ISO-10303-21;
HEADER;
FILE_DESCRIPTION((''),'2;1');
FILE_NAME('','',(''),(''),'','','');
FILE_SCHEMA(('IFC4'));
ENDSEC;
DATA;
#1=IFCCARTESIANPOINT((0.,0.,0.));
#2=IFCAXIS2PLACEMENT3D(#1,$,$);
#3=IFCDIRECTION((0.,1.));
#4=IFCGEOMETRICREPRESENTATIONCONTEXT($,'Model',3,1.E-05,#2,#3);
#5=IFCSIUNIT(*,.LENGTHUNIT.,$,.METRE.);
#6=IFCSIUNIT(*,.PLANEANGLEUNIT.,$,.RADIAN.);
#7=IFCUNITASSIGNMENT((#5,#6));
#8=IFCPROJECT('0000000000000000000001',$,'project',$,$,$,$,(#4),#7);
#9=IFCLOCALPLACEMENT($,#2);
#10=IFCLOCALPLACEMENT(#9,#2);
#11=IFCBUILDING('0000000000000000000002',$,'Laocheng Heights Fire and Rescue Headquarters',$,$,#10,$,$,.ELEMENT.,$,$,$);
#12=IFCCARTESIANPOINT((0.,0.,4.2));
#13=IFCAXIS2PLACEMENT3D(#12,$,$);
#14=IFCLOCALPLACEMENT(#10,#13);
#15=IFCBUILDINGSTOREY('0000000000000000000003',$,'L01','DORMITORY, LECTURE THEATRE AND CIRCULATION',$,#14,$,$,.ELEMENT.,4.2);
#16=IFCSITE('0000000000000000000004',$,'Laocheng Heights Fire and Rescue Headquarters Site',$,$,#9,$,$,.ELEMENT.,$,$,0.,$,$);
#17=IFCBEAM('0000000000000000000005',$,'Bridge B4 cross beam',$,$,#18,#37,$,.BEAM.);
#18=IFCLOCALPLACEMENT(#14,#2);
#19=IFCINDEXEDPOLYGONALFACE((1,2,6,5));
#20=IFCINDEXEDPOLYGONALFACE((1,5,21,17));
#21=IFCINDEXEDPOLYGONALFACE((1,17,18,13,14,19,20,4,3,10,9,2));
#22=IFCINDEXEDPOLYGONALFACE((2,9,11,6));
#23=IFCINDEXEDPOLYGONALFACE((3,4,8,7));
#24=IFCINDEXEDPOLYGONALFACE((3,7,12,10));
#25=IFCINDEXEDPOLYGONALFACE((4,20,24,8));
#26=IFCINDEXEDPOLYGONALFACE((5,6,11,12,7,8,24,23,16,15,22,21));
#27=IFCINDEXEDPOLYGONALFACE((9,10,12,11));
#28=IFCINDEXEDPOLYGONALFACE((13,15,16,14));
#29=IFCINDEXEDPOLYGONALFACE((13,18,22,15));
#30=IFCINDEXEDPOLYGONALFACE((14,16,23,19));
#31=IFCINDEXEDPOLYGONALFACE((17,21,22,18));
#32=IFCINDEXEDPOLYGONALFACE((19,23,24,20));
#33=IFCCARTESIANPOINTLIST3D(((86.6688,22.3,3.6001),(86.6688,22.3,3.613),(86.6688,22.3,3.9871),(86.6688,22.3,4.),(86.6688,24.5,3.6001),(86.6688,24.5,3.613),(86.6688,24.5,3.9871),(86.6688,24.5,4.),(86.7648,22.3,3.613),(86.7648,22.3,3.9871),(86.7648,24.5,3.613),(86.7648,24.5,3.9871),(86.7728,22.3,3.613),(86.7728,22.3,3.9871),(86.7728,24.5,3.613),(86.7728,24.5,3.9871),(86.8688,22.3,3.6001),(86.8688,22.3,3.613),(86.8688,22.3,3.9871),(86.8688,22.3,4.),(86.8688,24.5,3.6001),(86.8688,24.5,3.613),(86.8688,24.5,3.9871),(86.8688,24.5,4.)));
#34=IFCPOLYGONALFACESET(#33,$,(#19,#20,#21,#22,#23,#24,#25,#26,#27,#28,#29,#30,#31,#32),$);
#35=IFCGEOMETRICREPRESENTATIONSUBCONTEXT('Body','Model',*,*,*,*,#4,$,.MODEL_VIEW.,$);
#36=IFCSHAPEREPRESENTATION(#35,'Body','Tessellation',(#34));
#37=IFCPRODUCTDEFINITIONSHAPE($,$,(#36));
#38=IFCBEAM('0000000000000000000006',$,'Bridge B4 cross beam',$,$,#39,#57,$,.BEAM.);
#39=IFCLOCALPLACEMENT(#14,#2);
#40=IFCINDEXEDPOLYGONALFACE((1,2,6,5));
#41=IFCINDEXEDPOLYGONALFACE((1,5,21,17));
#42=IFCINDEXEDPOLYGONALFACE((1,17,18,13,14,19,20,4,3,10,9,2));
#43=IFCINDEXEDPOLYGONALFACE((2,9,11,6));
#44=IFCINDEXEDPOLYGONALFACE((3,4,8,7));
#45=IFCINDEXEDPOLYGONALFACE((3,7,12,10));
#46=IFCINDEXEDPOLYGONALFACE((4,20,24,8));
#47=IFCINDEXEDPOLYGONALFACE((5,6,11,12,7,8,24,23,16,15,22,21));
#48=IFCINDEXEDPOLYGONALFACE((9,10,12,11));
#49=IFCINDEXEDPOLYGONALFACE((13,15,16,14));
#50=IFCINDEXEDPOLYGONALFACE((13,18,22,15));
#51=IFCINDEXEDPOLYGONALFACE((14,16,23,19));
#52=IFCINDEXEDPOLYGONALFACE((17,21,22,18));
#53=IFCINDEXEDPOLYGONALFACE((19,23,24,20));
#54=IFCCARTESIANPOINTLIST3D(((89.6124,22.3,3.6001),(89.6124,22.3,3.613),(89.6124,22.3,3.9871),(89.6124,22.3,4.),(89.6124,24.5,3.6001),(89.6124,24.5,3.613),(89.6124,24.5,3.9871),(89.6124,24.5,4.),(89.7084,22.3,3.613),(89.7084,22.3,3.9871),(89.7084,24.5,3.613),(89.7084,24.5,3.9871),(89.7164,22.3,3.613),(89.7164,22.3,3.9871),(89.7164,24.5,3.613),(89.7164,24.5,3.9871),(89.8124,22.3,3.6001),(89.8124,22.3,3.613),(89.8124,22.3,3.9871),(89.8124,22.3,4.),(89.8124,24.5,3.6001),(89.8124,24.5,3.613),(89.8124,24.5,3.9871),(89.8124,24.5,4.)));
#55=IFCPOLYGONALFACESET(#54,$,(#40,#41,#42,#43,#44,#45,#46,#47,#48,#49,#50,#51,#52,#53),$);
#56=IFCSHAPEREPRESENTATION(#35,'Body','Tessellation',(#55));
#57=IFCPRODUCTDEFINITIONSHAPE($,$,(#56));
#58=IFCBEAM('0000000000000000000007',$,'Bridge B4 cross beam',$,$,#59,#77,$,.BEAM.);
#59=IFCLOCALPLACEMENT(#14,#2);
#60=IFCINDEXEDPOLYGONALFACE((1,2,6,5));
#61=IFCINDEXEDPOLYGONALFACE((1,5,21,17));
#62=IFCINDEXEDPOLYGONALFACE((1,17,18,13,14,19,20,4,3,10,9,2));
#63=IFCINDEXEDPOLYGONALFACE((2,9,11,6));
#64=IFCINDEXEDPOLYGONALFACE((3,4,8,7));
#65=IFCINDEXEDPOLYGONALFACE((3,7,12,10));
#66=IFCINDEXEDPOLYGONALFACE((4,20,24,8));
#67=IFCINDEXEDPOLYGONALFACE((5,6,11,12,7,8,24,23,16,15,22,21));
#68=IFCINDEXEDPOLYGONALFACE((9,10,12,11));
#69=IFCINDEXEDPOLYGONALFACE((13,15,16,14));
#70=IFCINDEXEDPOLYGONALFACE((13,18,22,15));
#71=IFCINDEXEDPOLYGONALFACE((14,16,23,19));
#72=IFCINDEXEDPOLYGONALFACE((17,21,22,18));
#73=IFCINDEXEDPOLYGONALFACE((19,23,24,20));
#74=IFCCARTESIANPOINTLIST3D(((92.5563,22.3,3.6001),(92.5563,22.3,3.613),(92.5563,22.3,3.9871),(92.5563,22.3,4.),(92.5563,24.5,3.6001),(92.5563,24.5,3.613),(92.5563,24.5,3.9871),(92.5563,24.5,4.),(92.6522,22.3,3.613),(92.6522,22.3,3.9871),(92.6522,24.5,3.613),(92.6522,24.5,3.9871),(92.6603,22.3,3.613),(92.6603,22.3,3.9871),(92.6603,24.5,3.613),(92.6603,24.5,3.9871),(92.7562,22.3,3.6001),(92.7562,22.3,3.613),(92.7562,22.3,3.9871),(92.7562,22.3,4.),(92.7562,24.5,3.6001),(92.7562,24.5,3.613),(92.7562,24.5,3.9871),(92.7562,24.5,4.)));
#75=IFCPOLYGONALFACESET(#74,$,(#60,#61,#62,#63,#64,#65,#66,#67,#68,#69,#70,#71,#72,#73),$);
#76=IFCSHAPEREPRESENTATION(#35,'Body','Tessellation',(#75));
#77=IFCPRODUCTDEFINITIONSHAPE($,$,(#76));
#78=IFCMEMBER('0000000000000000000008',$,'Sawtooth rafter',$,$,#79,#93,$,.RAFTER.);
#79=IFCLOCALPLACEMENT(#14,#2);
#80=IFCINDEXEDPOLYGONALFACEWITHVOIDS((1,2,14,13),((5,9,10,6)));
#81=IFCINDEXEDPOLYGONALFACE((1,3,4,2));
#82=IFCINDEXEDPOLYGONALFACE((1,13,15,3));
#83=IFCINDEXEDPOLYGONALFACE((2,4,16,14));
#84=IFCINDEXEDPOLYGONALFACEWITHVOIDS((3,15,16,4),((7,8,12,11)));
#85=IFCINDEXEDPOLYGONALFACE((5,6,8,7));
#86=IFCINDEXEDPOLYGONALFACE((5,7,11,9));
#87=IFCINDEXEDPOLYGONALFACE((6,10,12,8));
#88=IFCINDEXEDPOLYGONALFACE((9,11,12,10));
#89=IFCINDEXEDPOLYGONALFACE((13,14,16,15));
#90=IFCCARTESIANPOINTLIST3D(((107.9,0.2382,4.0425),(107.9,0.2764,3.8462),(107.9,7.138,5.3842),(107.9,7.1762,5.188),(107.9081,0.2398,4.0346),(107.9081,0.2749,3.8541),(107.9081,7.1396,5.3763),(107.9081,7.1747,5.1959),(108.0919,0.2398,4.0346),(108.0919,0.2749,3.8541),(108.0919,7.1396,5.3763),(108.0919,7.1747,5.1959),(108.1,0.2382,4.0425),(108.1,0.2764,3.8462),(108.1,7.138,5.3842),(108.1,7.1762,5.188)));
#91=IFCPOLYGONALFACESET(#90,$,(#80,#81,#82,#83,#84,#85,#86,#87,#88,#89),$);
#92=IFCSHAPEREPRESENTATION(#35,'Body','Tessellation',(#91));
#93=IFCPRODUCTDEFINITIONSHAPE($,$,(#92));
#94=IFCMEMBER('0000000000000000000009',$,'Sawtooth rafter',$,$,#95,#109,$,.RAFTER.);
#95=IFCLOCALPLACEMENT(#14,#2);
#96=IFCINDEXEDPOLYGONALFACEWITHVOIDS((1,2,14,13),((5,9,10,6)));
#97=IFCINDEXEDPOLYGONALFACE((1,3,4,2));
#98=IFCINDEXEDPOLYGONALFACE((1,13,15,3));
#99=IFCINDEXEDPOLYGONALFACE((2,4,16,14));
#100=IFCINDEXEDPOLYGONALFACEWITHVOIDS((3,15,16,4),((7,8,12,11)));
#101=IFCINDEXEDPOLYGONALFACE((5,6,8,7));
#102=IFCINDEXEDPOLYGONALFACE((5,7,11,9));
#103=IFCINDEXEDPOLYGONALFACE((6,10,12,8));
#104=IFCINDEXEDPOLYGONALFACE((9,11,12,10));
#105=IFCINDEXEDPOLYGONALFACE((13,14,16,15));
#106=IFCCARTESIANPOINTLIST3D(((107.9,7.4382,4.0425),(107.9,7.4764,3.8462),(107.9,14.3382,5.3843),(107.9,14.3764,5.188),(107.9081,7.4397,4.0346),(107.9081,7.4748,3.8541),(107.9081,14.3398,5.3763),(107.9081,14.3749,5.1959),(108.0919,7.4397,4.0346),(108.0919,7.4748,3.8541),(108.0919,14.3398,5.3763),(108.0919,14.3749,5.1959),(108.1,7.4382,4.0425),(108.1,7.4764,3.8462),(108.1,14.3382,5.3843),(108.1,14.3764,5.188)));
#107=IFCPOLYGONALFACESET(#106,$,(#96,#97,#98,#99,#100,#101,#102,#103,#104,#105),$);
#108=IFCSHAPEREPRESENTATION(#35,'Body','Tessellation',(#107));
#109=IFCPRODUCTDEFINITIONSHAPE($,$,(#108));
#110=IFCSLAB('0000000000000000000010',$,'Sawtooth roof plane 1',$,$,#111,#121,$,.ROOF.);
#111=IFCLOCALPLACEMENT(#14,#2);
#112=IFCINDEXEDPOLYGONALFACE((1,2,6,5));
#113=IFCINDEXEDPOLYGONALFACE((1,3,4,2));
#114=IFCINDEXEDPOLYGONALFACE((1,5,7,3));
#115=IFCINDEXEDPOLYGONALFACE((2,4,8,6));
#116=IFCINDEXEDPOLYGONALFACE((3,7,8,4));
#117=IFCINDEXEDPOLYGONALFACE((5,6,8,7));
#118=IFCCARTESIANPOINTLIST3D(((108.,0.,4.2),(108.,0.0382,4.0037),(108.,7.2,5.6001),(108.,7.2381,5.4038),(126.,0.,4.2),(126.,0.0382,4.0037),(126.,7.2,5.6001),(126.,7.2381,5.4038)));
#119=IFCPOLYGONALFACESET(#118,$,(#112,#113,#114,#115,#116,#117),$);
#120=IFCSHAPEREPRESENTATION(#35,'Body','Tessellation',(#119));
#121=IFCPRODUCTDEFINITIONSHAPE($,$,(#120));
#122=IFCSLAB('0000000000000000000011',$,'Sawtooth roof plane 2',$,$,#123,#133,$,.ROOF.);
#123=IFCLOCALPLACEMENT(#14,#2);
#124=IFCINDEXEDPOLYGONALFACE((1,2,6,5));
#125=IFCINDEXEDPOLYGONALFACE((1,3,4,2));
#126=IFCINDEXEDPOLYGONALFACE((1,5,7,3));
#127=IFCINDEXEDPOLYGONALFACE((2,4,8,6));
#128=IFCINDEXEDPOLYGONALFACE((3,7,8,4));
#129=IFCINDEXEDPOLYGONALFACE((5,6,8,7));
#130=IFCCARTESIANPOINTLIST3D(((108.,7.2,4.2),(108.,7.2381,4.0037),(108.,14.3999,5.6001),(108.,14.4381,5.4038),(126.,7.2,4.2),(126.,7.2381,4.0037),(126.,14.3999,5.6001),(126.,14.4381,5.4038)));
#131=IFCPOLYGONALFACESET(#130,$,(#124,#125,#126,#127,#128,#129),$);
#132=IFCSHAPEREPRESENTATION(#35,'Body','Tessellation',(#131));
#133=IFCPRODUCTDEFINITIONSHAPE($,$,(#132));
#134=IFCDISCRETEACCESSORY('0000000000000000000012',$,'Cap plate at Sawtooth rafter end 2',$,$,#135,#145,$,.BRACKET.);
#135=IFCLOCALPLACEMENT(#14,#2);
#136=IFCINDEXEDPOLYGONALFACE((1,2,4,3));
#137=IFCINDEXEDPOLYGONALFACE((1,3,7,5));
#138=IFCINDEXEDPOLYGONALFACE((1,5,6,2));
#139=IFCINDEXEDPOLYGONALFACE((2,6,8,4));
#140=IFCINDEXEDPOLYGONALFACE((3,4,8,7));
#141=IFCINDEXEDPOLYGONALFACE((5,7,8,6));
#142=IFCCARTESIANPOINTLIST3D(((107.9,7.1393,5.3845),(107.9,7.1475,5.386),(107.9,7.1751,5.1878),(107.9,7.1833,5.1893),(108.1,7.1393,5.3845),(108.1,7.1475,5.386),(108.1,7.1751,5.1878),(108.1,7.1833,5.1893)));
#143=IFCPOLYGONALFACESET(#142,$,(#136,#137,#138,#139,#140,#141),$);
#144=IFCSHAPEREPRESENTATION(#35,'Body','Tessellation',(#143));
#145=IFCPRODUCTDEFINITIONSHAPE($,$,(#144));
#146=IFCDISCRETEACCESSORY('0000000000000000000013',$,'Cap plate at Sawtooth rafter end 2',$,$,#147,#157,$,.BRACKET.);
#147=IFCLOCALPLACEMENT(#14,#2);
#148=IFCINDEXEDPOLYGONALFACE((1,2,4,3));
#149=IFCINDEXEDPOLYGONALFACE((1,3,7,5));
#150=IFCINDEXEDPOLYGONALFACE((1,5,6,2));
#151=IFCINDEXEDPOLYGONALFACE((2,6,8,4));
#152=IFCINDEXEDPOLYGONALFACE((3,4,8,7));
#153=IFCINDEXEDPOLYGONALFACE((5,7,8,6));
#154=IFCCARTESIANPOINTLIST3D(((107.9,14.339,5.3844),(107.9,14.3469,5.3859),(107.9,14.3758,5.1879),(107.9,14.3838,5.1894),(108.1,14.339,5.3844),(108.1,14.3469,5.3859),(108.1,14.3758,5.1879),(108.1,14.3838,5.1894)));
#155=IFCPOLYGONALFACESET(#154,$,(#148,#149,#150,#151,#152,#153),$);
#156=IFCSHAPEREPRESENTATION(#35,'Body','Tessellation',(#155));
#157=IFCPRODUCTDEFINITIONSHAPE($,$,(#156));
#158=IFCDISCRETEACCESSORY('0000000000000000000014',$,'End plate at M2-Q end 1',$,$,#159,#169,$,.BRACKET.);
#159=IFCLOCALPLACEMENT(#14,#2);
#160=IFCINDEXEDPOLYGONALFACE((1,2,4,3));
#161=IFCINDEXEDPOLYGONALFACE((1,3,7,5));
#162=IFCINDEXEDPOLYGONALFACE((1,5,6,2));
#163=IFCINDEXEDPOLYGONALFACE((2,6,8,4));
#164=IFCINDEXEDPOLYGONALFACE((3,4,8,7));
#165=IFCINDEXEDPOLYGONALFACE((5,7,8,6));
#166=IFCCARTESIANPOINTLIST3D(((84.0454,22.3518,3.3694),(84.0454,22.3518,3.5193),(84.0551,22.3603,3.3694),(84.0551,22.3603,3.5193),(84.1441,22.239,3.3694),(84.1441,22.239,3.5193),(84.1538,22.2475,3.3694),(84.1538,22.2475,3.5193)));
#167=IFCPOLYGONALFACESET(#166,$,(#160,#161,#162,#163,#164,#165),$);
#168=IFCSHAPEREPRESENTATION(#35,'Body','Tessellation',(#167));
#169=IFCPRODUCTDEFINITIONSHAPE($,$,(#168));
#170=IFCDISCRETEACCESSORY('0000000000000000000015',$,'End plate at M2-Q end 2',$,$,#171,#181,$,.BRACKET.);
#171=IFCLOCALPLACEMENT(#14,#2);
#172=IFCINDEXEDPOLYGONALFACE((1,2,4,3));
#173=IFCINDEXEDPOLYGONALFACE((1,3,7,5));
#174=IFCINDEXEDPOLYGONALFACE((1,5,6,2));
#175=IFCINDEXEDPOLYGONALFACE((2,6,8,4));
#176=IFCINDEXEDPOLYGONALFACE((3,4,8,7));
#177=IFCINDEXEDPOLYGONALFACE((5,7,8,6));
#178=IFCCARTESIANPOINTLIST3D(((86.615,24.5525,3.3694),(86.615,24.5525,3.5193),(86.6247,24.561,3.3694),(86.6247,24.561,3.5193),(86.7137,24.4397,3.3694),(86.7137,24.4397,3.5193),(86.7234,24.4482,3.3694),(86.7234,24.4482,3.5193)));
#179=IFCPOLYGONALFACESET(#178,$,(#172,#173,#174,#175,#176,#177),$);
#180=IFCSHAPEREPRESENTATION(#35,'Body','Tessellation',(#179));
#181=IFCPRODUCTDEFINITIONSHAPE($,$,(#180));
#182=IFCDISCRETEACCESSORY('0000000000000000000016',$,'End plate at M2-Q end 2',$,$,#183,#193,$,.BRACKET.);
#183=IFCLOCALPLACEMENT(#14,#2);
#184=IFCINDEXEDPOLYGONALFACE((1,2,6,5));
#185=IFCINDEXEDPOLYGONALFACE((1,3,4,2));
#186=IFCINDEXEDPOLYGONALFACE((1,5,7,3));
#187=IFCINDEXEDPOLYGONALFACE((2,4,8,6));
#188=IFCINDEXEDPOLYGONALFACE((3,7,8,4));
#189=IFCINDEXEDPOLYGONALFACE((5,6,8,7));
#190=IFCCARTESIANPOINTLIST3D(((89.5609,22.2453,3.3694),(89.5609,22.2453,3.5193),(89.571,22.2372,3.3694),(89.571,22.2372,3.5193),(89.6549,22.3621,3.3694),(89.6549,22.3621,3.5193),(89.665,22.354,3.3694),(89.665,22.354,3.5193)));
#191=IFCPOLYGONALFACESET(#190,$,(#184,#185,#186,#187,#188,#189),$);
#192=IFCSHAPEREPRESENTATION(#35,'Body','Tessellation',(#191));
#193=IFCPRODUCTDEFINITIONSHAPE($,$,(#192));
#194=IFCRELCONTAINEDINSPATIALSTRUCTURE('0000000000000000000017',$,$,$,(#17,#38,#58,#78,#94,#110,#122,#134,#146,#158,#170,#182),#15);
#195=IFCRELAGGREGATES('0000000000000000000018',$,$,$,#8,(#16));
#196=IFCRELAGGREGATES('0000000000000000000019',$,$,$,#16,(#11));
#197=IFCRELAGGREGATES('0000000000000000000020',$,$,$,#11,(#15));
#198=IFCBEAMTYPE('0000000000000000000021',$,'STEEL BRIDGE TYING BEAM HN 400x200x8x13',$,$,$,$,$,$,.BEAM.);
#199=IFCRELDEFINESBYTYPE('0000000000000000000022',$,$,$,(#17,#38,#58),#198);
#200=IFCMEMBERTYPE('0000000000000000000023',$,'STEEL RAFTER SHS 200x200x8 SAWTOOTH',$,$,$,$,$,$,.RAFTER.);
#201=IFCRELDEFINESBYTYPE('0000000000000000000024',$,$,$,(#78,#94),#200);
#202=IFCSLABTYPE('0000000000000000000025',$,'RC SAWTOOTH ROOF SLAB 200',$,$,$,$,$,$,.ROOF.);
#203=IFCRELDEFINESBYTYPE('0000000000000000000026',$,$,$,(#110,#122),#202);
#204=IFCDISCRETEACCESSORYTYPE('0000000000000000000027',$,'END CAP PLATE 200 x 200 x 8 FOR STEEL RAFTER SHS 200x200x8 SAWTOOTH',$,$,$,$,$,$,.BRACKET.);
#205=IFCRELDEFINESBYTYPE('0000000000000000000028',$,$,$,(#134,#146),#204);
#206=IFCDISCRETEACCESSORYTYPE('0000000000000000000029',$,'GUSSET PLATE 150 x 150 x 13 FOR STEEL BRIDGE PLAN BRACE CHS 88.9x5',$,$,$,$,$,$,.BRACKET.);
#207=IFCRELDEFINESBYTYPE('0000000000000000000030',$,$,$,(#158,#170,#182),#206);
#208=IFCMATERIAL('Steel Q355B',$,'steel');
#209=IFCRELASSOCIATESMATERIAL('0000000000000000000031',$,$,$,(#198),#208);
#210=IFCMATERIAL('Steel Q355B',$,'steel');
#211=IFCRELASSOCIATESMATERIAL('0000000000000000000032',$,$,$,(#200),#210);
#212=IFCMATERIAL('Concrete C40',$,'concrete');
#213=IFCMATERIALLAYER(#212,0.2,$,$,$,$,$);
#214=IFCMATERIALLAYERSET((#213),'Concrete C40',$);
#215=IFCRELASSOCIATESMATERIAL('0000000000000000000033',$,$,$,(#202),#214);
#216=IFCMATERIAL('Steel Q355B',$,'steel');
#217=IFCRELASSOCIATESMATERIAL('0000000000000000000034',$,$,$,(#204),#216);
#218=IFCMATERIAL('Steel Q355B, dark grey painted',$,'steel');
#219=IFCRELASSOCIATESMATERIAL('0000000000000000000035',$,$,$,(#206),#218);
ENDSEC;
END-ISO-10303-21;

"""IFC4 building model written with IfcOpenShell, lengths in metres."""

from ifc_helpers import new_model, si_unit, direction, frame, origin, origin_2d, place, context, subcontext, project, spatial, polyline, rectangle, hollow_rectangle, i_section, outline, extrude, material, layer, layer_set, material_profile, profile_set, type_object, element, save


model = new_model("IFC4")

# Units and contexts
model_context = context("Model", 3, precision=1e-05, world=origin(), true_north=direction((0.0, 1.0)))
body_context = subcontext(model_context, "Body", "Model", "MODEL_VIEW")
ifc_project = project(units=[si_unit("LENGTHUNIT", "METRE"), si_unit("PLANEANGLEUNIT", "RADIAN")], contexts=[model_context])

# Site, building, storey
site_placement = place(None, origin())
site = spatial("IfcSite", under=ifc_project, at=site_placement, Name="Laocheng Heights Fire and Rescue Headquarters Site", CompositionType="ELEMENT", RefElevation=0.0)
building_placement = place(site_placement, origin())
building = spatial("IfcBuilding", under=site, at=building_placement, Name="Laocheng Heights Fire and Rescue Headquarters", CompositionType="ELEMENT")
storey_placement = place(building_placement, frame((0.0, 0.0, 4.2)))
storey = spatial("IfcBuildingStorey", under=building, at=storey_placement, Name="L01", Description="DORMITORY, LECTURE THEATRE AND CIRCULATION", CompositionType="ELEMENT", Elevation=4.2)

# Beams
ifc_material_1 = material(Name="Steel Q355B", Category="steel")
ifc_material_profile_1 = material_profile(ifc_material_1, i_section(OverallWidth=0.2, OverallDepth=0.3999, WebThickness=0.0081, FlangeThickness=0.0129, at=origin_2d()), Name="HN 400x200x8x13")
ifc_profile_set_1 = profile_set([ifc_material_profile_1], Name="Steel Q355B")
beam_type_1 = type_object("IfcBeamType", Name="STEEL BRIDGE TYING BEAM HN 400x200x8x13", PredefinedType="BEAM", material=ifc_profile_set_1)
for number, where, z_axis, x_axis, name in (
    (1, (86.7688, 22.3, 3.8), (0.0, 1.0, 0.0), (-1.0, 0.0, 0.0), "Bridge B4 cross beam"),
    (2, (89.7124, 22.3, 3.8), (0.0, 1.0, 0.0), (-1.0, 0.0, 0.0), "Bridge B4 cross beam"),
    (3, (92.6562, 22.3, 3.8), (0.0, 1.0, 0.0), (-1.0, 0.0, 0.0), "Bridge B4 cross beam"),
):
    element("IfcBeam", number, at=place(storey_placement, frame(where, z_axis=z_axis, x_axis=x_axis)), inside=storey, type_object=beam_type_1, Name=name, PredefinedType="BEAM", context=body_context, shape_type="SweptSolid", body=[
        extrude(i_section(OverallWidth=0.2, OverallDepth=0.3999, WebThickness=0.0081, FlangeThickness=0.0129, at=origin_2d()), origin(), (0.0, 0.0, 1.0), 2.2),
    ])

# Members
ifc_material_2 = material(Name="Steel Q355B", Category="steel")
ifc_material_profile_2 = material_profile(ifc_material_2, hollow_rectangle(XDim=0.2, YDim=0.2, WallThickness=0.0081, at=origin_2d()), Name="SHS 200x200x8")
ifc_profile_set_2 = profile_set([ifc_material_profile_2], Name="Steel Q355B")
member_type_1 = type_object("IfcMemberType", Name="STEEL RAFTER SHS 200x200x8 SAWTOOTH", PredefinedType="RAFTER", material=ifc_profile_set_2)
member_1_placement = place(storey_placement, frame((108.0, 0.2573, 3.9443), z_axis=(0.0, 0.981611, 0.19089), x_axis=(-1.0, 0.0, 0.0)))
element("IfcMember", 4, at=member_1_placement, inside=storey, type_object=member_type_1, Name="Sawtooth rafter", PredefinedType="RAFTER", context=body_context, shape_type="SweptSolid", body=[
    extrude(hollow_rectangle(XDim=0.2, YDim=0.2, WallThickness=0.0081, at=origin_2d()), origin(), (0.0, 0.0, 1.0), 7.0291),
])
member_2_placement = place(storey_placement, frame((108.0, 7.4573, 3.9443), z_axis=(0.0, 0.981613, 0.190884), x_axis=(-1.0, 0.0, 0.0)))
element("IfcMember", 5, at=member_2_placement, inside=storey, type_object=member_type_1, Name="Sawtooth rafter", PredefinedType="RAFTER", context=body_context, shape_type="SweptSolid", body=[
    extrude(hollow_rectangle(XDim=0.2, YDim=0.2, WallThickness=0.0081, at=origin_2d()), origin(), (0.0, 0.0, 1.0), 7.0293),
])

# Slabs
ifc_material_3 = material(Name="Concrete C40", Category="concrete")
ifc_layer = layer(ifc_material_3, 0.2)
ifc_layer_set = layer_set([ifc_layer], Name="Concrete C40")
slab_type = type_object("IfcSlabType", Name="RC SAWTOOTH ROOF SLAB 200", PredefinedType="ROOF", material=ifc_layer_set)
for number, where, z_axis, x_axis, name in (
    (6, (108.0, 0.0, 4.2), (0.0, -0.19089, 0.981611), (1.0, 0.0, 0.0), "Sawtooth roof plane 1"),
    (7, (108.0, 7.2, 4.2), (0.0, -0.19089, 0.981611), (1.0, 0.0, 0.0), "Sawtooth roof plane 2"),
):
    element("IfcSlab", number, at=place(storey_placement, frame(where, z_axis=z_axis, x_axis=x_axis)), inside=storey, type_object=slab_type, Name=name, PredefinedType="ROOF", context=body_context, shape_type="SweptSolid", body=[
        extrude(outline(polyline([(0.0, 0.0), (18.0, 0.0), (18.0, 7.3348), (0.0, 7.3348), (0.0, 0.0)])), origin(), (0.0, 0.0, -1.0), 0.2),
    ])

# Discrete accessories
ifc_material_4 = material(Name="Steel Q355B", Category="steel")
ifc_material_profile_3 = material_profile(ifc_material_4, rectangle(XDim=0.2, YDim=0.2, at=origin_2d()), Name="END CAP PLATE 200 x 200 x 8 FOR STEEL RAFTER SHS 200x200x8 SAWTOOTH")
ifc_profile_set_3 = profile_set([ifc_material_profile_3], Name="Steel Q355B")
discrete_accessory_type_1 = type_object("IfcDiscreteAccessoryType", Name="END CAP PLATE 200 x 200 x 8 FOR STEEL RAFTER SHS 200x200x8 SAWTOOTH", PredefinedType="BRACKET", material=ifc_profile_set_3)
discrete_accessory_1_placement = place(storey_placement, frame((108.0, 7.1572, 5.2861), z_axis=(0.0, 0.98387, 0.178885), x_axis=(-1.0, 0.0, 0.0)))
element("IfcDiscreteAccessory", 8, at=discrete_accessory_1_placement, inside=storey, type_object=discrete_accessory_type_1, Name="Cap plate at Sawtooth rafter end 2", PredefinedType="BRACKET", context=body_context, shape_type="SweptSolid", body=[
    extrude(rectangle(XDim=0.2, YDim=0.2, at=origin_2d()), origin(), (0.0, 0.0, 1.0), 0.0083),
])
discrete_accessory_2_placement = place(storey_placement, frame((108.0, 14.3574, 5.2861), z_axis=(0.0, 0.982872, 0.184289), x_axis=(-1.0, 0.0, 0.0)))
element("IfcDiscreteAccessory", 9, at=discrete_accessory_2_placement, inside=storey, type_object=discrete_accessory_type_1, Name="Cap plate at Sawtooth rafter end 2", PredefinedType="BRACKET", context=body_context, shape_type="SweptSolid", body=[
    extrude(rectangle(XDim=0.2, YDim=0.2, at=origin_2d()), origin(), (0.0, 0.0, 1.0), 0.0081),
])
ifc_material_5 = material(Name="Steel Q355B, dark grey painted", Category="steel")
ifc_material_profile_4 = material_profile(ifc_material_5, rectangle(XDim=0.1499, YDim=0.1499, at=origin_2d()), Name="GUSSET PLATE 150 x 150 x 13 FOR STEEL BRIDGE PLAN BRACE CHS 88.9x5")
ifc_profile_set_4 = profile_set([ifc_material_profile_4], Name="Steel Q355B, dark grey painted")
discrete_accessory_type_2 = type_object("IfcDiscreteAccessoryType", Name="GUSSET PLATE 150 x 150 x 13 FOR STEEL BRIDGE PLAN BRACE CHS 88.9x5", PredefinedType="BRACKET", material=ifc_profile_set_4)
for number, where, z_axis, x_axis, name in (
    (10, (84.0947, 22.2954, 3.4443), (0.752577, 0.658505, 0.0), (-0.658505, 0.752577, 0.0), "End plate at M2-Q end 1"),
    (11, (86.6643, 24.4961, 3.4443), (0.752577, 0.658505, 0.0), (-0.658505, 0.752577, 0.0), "End plate at M2-Q end 2"),
    (12, (89.6079, 22.3037, 3.4443), (0.779012, -0.627009, 0.0), (0.627009, 0.779012, 0.0), "End plate at M2-Q end 2"),
):
    element("IfcDiscreteAccessory", number, at=place(storey_placement, frame(where, z_axis=z_axis, x_axis=x_axis)), inside=storey, type_object=discrete_accessory_type_2, Name=name, PredefinedType="BRACKET", context=body_context, shape_type="SweptSolid", body=[
        extrude(rectangle(XDim=0.1499, YDim=0.1499, at=origin_2d()), origin(), (0.0, 0.0, 1.0), 0.0129),
    ])

save(model, "model.ifc")
